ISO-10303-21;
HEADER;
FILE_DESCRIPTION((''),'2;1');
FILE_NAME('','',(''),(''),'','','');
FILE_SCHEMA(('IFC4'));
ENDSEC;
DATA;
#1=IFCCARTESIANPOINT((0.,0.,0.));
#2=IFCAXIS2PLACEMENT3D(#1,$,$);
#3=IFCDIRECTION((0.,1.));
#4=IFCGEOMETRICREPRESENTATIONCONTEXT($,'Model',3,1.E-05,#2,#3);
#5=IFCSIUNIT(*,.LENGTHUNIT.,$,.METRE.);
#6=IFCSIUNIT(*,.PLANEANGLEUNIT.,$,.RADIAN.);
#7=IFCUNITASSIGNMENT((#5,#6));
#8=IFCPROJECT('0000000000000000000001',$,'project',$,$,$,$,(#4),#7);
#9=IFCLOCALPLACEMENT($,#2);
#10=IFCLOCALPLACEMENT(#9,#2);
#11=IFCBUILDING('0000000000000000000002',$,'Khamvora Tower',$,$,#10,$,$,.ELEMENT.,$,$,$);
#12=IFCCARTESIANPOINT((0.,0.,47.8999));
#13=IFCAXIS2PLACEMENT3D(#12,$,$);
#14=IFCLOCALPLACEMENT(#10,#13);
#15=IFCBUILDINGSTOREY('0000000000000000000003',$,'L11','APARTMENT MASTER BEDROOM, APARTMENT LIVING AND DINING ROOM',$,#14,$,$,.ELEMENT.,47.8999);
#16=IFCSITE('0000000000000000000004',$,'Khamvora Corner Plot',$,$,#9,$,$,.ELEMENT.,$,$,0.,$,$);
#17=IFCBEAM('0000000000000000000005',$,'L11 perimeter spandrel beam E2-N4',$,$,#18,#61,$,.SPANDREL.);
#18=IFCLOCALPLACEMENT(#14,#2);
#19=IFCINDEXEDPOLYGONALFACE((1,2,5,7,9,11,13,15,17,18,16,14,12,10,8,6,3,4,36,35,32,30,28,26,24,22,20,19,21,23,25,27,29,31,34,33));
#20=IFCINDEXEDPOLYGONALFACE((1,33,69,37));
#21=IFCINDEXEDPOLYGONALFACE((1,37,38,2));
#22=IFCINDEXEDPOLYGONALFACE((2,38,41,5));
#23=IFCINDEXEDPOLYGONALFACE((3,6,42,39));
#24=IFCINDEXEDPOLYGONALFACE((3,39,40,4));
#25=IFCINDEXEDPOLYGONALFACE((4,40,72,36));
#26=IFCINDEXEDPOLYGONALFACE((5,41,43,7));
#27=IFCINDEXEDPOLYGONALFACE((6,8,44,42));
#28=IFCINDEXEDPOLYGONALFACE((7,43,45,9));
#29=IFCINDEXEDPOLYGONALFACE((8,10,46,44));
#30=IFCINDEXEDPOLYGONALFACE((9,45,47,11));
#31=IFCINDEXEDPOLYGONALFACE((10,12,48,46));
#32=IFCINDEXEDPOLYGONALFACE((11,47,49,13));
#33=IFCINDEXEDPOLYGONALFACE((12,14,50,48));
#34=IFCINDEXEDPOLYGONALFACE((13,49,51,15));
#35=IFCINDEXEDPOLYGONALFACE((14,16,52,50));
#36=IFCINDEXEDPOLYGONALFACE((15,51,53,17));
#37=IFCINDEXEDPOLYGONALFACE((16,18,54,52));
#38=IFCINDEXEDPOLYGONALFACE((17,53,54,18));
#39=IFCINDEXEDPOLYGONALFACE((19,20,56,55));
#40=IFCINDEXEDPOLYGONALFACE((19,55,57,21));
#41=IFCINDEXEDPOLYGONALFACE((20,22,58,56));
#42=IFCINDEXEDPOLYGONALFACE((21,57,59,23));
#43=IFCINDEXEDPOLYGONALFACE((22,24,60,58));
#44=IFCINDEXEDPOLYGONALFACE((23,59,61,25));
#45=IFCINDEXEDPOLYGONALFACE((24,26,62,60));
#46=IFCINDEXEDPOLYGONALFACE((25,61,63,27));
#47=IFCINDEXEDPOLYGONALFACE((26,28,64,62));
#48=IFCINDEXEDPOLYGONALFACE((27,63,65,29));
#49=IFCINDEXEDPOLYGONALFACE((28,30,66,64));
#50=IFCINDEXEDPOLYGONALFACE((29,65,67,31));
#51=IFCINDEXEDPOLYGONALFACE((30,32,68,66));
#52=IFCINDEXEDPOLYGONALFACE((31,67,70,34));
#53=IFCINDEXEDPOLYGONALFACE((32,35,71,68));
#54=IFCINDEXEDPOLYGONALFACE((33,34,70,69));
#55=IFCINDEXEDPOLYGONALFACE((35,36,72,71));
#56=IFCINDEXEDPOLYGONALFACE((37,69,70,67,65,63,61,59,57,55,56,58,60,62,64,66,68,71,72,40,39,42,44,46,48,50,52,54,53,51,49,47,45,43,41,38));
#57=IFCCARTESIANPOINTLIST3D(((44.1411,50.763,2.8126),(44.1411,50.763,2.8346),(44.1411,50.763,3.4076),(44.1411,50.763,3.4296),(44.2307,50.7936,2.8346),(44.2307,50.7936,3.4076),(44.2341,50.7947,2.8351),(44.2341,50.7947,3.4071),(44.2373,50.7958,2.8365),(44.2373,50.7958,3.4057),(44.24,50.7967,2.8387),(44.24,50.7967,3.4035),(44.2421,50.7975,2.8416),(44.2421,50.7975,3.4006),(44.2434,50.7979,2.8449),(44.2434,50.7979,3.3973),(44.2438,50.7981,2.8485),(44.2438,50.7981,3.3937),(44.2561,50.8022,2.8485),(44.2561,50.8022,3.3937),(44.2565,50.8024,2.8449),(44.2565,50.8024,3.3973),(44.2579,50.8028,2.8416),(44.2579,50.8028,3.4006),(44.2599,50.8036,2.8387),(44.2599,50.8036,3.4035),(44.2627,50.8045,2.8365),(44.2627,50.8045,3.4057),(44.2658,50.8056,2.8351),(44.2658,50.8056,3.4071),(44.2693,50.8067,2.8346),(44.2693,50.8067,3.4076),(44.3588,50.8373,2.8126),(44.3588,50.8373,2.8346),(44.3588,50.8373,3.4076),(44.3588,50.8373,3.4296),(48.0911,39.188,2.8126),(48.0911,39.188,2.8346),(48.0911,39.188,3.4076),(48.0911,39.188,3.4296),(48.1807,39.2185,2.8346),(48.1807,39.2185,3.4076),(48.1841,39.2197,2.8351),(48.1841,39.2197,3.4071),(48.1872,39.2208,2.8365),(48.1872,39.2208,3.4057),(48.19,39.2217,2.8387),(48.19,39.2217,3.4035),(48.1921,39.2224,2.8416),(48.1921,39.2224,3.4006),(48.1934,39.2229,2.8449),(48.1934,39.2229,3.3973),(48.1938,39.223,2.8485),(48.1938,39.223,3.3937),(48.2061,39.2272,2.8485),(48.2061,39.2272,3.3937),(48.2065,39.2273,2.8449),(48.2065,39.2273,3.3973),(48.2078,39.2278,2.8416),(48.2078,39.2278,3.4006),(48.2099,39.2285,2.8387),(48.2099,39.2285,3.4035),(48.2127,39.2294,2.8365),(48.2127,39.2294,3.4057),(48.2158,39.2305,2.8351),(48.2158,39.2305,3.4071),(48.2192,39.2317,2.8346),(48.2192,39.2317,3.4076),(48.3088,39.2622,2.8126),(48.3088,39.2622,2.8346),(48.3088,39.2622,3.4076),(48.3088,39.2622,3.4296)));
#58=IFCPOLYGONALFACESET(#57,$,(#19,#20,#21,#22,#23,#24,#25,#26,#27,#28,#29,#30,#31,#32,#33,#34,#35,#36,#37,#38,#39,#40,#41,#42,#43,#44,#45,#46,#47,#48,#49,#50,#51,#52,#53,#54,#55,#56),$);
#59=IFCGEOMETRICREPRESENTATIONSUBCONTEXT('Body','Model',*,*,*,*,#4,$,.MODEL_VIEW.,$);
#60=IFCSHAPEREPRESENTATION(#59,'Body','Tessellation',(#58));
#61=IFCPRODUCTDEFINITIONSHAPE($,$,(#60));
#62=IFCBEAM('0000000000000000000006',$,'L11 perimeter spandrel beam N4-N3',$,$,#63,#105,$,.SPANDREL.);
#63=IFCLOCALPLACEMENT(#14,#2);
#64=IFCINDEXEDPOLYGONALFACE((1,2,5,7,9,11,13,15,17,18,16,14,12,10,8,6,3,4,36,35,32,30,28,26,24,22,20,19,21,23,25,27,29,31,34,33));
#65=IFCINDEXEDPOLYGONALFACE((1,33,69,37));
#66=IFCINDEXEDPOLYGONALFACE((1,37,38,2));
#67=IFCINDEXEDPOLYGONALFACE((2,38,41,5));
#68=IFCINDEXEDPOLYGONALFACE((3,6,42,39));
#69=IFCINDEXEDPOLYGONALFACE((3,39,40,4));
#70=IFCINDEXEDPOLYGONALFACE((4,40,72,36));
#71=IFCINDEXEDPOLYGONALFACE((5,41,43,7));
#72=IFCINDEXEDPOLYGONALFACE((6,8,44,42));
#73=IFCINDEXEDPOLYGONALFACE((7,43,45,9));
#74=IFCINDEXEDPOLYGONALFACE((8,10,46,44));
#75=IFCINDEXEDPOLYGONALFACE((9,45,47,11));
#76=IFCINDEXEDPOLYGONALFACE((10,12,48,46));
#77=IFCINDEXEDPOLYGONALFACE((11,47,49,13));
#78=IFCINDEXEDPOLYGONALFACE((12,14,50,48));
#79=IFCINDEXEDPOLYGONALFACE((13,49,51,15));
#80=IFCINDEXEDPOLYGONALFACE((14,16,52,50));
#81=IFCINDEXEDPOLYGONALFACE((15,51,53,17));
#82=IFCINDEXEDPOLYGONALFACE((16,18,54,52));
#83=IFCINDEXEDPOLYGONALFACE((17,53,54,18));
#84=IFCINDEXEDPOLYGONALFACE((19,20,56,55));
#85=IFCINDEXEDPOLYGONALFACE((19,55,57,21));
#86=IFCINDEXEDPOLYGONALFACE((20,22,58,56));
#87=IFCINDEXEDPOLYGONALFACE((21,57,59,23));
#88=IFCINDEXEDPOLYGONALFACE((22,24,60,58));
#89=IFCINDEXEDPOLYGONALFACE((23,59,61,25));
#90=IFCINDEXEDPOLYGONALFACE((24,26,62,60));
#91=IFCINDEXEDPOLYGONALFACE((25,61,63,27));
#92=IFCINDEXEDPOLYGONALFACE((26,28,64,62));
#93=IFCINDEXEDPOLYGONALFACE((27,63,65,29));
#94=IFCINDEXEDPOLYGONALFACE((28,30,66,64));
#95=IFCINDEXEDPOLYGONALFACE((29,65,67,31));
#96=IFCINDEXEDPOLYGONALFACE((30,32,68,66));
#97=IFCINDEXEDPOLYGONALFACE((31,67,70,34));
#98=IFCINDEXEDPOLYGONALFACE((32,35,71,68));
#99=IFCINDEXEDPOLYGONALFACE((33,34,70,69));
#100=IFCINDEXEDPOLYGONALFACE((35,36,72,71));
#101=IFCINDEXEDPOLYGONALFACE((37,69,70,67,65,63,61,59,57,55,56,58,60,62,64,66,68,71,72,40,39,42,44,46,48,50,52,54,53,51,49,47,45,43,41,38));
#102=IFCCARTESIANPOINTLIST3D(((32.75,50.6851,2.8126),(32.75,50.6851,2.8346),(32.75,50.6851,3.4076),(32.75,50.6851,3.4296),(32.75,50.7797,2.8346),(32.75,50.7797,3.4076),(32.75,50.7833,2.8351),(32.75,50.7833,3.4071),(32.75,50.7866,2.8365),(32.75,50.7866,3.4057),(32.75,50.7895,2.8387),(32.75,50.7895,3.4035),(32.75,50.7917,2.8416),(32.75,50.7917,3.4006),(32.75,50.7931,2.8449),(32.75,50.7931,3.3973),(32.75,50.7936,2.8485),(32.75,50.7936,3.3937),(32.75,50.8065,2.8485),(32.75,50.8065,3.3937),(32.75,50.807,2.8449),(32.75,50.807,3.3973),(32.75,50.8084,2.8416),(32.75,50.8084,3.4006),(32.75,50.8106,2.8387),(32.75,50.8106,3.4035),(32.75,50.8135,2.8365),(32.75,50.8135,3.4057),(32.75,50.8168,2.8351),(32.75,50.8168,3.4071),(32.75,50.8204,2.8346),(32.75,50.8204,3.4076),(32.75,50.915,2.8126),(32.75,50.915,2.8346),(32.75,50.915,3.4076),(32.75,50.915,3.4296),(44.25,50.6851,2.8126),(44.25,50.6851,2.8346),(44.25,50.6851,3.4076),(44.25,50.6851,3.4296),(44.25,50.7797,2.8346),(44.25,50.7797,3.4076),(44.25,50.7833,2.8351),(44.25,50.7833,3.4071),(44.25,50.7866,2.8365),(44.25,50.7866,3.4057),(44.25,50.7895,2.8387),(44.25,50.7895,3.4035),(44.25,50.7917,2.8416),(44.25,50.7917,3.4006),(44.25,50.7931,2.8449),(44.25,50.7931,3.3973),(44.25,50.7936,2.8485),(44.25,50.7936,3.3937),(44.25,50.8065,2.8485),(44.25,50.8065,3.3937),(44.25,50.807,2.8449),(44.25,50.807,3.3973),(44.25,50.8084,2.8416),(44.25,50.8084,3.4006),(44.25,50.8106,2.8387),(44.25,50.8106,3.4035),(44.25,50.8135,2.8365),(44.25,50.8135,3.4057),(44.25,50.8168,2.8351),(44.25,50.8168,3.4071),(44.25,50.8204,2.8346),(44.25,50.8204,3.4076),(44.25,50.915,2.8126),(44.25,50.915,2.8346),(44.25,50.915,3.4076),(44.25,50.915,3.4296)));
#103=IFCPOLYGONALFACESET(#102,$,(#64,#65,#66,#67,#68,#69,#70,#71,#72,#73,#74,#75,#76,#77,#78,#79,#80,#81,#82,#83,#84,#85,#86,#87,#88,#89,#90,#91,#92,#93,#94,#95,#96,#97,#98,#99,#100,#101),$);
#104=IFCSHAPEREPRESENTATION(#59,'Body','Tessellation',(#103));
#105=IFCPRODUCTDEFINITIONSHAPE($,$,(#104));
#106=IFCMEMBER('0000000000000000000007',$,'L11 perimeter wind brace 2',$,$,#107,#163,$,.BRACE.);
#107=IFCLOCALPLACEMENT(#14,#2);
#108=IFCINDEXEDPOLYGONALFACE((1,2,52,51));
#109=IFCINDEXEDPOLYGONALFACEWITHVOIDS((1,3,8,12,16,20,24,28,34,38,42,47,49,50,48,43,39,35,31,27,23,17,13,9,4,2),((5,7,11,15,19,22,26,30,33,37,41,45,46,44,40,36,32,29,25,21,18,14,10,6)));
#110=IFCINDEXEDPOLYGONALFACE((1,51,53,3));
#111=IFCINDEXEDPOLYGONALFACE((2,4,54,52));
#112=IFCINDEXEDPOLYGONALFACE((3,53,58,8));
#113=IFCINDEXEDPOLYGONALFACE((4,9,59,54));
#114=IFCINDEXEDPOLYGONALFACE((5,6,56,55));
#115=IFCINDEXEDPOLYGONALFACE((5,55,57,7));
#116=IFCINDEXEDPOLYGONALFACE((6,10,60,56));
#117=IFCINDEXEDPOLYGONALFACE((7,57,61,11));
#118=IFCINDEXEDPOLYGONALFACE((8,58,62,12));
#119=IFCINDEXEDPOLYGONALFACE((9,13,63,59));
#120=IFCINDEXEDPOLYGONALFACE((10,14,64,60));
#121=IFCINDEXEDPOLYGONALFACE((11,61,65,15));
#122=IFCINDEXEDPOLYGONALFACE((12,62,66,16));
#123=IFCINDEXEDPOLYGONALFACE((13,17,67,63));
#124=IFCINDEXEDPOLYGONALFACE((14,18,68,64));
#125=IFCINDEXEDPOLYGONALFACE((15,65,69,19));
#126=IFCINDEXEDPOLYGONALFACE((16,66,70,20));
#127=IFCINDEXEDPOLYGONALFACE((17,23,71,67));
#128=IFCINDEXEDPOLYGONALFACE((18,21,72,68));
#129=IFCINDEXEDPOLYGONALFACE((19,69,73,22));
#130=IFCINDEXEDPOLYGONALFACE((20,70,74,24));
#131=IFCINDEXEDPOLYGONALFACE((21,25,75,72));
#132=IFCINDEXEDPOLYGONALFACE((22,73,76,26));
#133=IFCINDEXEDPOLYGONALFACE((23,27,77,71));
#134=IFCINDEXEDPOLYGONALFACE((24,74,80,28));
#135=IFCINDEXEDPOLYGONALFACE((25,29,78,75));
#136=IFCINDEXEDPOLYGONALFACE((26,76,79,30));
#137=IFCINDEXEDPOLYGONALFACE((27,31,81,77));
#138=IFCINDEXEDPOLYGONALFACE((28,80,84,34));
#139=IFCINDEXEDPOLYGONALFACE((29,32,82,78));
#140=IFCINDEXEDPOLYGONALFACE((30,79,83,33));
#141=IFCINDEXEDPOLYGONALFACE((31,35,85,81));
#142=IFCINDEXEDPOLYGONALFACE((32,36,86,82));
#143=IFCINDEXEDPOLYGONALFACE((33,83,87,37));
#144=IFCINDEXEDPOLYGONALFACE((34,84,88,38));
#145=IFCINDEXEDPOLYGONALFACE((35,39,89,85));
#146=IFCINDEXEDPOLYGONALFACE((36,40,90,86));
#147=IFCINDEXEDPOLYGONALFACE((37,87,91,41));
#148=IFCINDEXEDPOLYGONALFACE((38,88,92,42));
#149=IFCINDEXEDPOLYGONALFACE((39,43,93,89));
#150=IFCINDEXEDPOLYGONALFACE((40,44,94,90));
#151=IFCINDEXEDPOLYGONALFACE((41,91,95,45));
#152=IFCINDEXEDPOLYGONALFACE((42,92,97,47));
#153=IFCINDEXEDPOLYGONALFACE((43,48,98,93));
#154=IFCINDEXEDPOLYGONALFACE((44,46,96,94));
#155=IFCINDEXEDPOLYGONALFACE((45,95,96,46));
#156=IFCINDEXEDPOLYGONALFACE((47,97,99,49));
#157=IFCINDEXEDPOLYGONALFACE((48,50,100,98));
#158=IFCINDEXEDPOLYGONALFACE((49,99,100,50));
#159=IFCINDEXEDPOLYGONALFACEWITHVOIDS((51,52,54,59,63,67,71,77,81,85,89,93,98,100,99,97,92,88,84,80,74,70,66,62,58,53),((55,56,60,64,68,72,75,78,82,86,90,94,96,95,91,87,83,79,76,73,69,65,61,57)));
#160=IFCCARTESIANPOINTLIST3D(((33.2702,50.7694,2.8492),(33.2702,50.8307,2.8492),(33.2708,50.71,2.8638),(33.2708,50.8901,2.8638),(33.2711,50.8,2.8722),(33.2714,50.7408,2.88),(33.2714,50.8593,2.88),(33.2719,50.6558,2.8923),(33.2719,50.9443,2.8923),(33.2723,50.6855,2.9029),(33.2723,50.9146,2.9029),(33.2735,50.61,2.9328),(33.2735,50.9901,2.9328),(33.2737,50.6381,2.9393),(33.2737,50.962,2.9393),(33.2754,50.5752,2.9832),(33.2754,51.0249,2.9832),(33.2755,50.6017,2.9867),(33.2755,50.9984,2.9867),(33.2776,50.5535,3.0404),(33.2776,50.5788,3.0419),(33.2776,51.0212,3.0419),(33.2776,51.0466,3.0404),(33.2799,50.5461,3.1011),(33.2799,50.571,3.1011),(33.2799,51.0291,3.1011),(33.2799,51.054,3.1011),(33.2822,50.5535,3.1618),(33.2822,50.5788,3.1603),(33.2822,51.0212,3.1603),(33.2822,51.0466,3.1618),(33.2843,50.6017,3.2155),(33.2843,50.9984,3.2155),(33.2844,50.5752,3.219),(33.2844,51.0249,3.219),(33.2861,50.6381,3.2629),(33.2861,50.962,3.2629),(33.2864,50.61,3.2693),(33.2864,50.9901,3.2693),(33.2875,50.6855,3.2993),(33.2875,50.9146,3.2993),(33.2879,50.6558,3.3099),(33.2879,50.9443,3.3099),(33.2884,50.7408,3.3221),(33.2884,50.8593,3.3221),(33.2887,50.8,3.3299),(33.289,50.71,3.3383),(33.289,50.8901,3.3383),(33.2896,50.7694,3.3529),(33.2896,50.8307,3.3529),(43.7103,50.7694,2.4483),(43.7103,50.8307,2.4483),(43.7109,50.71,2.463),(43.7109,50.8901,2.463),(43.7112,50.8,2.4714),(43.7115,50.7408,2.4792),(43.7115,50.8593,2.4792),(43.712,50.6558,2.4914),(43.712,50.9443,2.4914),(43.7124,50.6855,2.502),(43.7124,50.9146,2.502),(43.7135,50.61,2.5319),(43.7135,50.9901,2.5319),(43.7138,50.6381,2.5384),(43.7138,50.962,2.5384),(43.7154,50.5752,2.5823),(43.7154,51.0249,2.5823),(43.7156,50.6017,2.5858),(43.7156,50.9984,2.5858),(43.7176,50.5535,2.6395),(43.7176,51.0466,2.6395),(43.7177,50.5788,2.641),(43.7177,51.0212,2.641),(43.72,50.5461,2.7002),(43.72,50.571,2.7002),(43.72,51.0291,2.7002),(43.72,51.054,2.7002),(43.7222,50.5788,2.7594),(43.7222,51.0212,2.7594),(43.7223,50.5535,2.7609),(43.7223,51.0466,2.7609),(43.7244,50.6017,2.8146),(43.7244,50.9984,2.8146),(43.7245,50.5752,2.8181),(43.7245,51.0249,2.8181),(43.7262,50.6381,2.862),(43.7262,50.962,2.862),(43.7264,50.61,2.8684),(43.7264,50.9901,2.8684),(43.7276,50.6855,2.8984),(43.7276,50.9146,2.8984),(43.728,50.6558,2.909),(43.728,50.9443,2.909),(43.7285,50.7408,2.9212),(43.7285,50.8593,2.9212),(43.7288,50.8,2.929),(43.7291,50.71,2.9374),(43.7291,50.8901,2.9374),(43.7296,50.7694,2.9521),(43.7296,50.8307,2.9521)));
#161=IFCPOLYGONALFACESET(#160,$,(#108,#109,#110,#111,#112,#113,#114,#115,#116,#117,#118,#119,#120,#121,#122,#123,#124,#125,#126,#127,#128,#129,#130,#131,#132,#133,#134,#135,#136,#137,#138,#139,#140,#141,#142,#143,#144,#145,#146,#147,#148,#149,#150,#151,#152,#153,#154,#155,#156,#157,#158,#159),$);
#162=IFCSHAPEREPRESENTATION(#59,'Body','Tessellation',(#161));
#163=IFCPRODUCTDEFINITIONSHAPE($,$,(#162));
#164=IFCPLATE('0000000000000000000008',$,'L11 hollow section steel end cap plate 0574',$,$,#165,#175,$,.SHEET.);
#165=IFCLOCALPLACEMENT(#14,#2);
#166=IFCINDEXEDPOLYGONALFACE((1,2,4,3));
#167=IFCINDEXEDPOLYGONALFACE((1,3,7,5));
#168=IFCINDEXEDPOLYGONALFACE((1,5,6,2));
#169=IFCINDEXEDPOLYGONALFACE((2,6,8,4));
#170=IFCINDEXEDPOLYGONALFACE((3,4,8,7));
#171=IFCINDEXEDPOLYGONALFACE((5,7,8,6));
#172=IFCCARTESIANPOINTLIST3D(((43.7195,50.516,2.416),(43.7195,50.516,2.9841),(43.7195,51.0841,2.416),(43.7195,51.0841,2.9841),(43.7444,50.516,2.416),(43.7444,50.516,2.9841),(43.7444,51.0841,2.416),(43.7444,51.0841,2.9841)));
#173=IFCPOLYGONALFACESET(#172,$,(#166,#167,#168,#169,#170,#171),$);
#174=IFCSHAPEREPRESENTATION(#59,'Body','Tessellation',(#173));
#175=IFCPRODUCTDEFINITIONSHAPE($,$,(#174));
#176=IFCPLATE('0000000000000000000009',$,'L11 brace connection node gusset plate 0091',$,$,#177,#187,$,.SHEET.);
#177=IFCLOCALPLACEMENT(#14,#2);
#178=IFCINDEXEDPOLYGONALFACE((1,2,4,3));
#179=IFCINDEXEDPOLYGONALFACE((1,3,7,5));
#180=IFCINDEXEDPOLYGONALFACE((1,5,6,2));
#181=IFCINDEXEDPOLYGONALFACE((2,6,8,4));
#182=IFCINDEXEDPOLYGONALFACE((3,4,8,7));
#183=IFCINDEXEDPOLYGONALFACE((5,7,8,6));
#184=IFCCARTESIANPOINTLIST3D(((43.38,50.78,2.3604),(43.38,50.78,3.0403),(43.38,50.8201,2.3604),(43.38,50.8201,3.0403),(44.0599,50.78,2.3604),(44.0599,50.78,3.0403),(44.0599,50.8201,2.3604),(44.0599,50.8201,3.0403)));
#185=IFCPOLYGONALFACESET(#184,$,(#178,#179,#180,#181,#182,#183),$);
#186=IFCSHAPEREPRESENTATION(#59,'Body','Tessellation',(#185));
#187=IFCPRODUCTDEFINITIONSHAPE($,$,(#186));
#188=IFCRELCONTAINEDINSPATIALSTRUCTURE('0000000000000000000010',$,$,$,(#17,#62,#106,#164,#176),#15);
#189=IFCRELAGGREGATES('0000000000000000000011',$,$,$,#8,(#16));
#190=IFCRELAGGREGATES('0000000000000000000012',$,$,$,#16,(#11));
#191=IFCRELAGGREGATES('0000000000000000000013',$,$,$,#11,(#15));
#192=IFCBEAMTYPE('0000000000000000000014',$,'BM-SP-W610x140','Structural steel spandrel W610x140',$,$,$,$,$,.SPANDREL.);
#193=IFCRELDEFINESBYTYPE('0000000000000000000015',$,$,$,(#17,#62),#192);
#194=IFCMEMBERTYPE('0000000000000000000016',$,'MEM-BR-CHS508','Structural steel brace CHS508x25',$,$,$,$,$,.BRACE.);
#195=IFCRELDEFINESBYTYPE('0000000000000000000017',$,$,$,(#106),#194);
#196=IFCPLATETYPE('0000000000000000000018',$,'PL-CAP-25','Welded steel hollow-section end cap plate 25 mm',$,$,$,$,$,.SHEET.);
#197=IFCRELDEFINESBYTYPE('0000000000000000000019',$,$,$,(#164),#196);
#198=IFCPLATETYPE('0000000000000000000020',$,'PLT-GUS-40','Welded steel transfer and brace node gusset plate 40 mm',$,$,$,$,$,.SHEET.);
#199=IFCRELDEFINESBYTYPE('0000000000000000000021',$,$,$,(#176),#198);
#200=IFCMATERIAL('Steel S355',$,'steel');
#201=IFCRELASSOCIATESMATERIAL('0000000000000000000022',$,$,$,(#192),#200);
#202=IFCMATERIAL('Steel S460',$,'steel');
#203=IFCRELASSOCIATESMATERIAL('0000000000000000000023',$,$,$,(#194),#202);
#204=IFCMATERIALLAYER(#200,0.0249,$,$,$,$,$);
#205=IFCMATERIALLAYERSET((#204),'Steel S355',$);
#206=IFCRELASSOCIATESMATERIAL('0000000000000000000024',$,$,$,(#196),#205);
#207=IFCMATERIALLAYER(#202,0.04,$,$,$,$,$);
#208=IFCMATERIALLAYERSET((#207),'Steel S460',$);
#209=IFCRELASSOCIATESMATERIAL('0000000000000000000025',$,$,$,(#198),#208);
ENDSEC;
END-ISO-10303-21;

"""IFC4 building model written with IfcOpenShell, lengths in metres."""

from ifc_helpers import new_model, si_unit, direction, frame, origin, origin_2d, place, context, subcontext, project, spatial, rectangle, hollow_circle, i_section, extrude, material, layer, layer_set, material_profile, profile_set, type_object, element, save


model = new_model("IFC4")

# Units and contexts
model_context = context("Model", 3, precision=1e-05, world=origin(), true_north=direction((0.0, 1.0)))
body_context = subcontext(model_context, "Body", "Model", "MODEL_VIEW")
ifc_project = project(units=[si_unit("LENGTHUNIT", "METRE"), si_unit("PLANEANGLEUNIT", "RADIAN")], contexts=[model_context])

# Site, building, storey
site_placement = place(None, origin())
site = spatial("IfcSite", under=ifc_project, at=site_placement, Name="Khamvora Corner Plot", CompositionType="ELEMENT", RefElevation=0.0)
building_placement = place(site_placement, origin())
building = spatial("IfcBuilding", under=site, at=building_placement, Name="Khamvora Tower", CompositionType="ELEMENT")
storey_placement = place(building_placement, frame((0.0, 0.0, 47.8999)))
storey = spatial("IfcBuildingStorey", under=building, at=storey_placement, Name="L11", Description="APARTMENT MASTER BEDROOM, APARTMENT LIVING AND DINING ROOM", CompositionType="ELEMENT", Elevation=47.8999)

# Shared definitions
ifc_material_1 = material(Name="Steel S460", Category="steel")

# Beams
ifc_material_2 = material(Name="Steel S355", Category="steel")
ifc_material_profile_1 = material_profile(ifc_material_2, i_section(OverallWidth=0.23, OverallDepth=0.6169, WebThickness=0.0129, FlangeThickness=0.022, FilletRadius=0.0139, at=origin_2d()), Name="W610x140")
ifc_profile_set_1 = profile_set([ifc_material_profile_1], Name="Steel S355")
beam_type_1 = type_object("IfcBeamType", Name="BM-SP-W610x140", Description="Structural steel spandrel W610x140", PredefinedType="SPANDREL", material=ifc_profile_set_1)
beam_1_placement = place(storey_placement, frame((48.2, 39.2251, 3.1211), z_axis=(-0.322963, 0.946412, 0.0), x_axis=(-0.946412, -0.322963, 0.0)))
element("IfcBeam", 1, at=beam_1_placement, inside=storey, type_object=beam_type_1, Name="L11 perimeter spandrel beam E2-N4", PredefinedType="SPANDREL", context=body_context, shape_type="SweptSolid", body=[
    extrude(i_section(OverallWidth=0.23, OverallDepth=0.6169, WebThickness=0.0129, FlangeThickness=0.022, FilletRadius=0.0139, at=origin_2d()), origin(), (0.0, 0.0, 1.0), 12.2305),
])
beam_2_placement = place(storey_placement, frame((44.25, 50.8, 3.1211), z_axis=(-1.0, 0.0, 0.0), x_axis=(0.0, -1.0, 0.0)))
element("IfcBeam", 2, at=beam_2_placement, inside=storey, type_object=beam_type_1, Name="L11 perimeter spandrel beam N4-N3", PredefinedType="SPANDREL", context=body_context, shape_type="SweptSolid", body=[
    extrude(i_section(OverallWidth=0.23, OverallDepth=0.6169, WebThickness=0.0129, FlangeThickness=0.022, FilletRadius=0.0139, at=origin_2d()), origin(), (0.0, 0.0, 1.0), 11.5),
])

# Member
ifc_material_profile_2 = material_profile(ifc_material_1, hollow_circle(Radius=0.2539, WallThickness=0.0249, at=origin_2d()), Name="CHS508x25")
ifc_profile_set_2 = profile_set([ifc_material_profile_2], Name="Steel S460")
member_type = type_object("IfcMemberType", Name="MEM-BR-CHS508", Description="Structural steel brace CHS508x25", PredefinedType="BRACE", material=ifc_profile_set_2)
member_placement = place(storey_placement, frame((43.72, 50.8, 2.7002), z_axis=(-0.999264, 0.0, 0.03837), x_axis=(0.0, -1.0, 0.0)))
element("IfcMember", 3, at=member_placement, inside=storey, type_object=member_type, Name="L11 perimeter wind brace 2", PredefinedType="BRACE", context=body_context, shape_type="SweptSolid", body=[
    extrude(hollow_circle(Radius=0.2539, WallThickness=0.0249, at=origin_2d()), origin(), (0.0, 0.0, 1.0), 10.4478),
])

# Plates
ifc_layer_1 = layer(ifc_material_2, 0.0249)
ifc_layer_set_1 = layer_set([ifc_layer_1], Name="Steel S355")
plate_type_1 = type_object("IfcPlateType", Name="PL-CAP-25", Description="Welded steel hollow-section end cap plate 25 mm", PredefinedType="SHEET", material=ifc_layer_set_1)
plate_1_placement = place(storey_placement, frame((43.7319, 50.8, 2.416), z_axis=(0.0, 0.0, 1.0), x_axis=(-1.0, 0.0, 0.0)))
element("IfcPlate", 4, at=plate_1_placement, inside=storey, type_object=plate_type_1, Name="L11 hollow section steel end cap plate 0574", PredefinedType="SHEET", context=body_context, shape_type="SweptSolid", body=[
    extrude(rectangle(XDim=0.0249, YDim=0.5681, at=origin_2d()), origin(), (0.0, 0.0, 1.0), 0.5681),
])
ifc_layer_2 = layer(ifc_material_1, 0.04)
ifc_layer_set_2 = layer_set([ifc_layer_2], Name="Steel S460")
plate_type_2 = type_object("IfcPlateType", Name="PLT-GUS-40", Description="Welded steel transfer and brace node gusset plate 40 mm", PredefinedType="SHEET", material=ifc_layer_set_2)
plate_2_placement = place(storey_placement, frame((43.72, 50.8, 2.3604), z_axis=(0.0, 0.0, 1.0), x_axis=(1.0, 0.0, 0.0)))
element("IfcPlate", 5, at=plate_2_placement, inside=storey, type_object=plate_type_2, Name="L11 brace connection node gusset plate 0091", PredefinedType="SHEET", context=body_context, shape_type="SweptSolid", body=[
    extrude(rectangle(XDim=0.6799, YDim=0.04, at=origin_2d()), origin(), (0.0, 0.0, 1.0), 0.6799),
])

save(model, "model.ifc")
